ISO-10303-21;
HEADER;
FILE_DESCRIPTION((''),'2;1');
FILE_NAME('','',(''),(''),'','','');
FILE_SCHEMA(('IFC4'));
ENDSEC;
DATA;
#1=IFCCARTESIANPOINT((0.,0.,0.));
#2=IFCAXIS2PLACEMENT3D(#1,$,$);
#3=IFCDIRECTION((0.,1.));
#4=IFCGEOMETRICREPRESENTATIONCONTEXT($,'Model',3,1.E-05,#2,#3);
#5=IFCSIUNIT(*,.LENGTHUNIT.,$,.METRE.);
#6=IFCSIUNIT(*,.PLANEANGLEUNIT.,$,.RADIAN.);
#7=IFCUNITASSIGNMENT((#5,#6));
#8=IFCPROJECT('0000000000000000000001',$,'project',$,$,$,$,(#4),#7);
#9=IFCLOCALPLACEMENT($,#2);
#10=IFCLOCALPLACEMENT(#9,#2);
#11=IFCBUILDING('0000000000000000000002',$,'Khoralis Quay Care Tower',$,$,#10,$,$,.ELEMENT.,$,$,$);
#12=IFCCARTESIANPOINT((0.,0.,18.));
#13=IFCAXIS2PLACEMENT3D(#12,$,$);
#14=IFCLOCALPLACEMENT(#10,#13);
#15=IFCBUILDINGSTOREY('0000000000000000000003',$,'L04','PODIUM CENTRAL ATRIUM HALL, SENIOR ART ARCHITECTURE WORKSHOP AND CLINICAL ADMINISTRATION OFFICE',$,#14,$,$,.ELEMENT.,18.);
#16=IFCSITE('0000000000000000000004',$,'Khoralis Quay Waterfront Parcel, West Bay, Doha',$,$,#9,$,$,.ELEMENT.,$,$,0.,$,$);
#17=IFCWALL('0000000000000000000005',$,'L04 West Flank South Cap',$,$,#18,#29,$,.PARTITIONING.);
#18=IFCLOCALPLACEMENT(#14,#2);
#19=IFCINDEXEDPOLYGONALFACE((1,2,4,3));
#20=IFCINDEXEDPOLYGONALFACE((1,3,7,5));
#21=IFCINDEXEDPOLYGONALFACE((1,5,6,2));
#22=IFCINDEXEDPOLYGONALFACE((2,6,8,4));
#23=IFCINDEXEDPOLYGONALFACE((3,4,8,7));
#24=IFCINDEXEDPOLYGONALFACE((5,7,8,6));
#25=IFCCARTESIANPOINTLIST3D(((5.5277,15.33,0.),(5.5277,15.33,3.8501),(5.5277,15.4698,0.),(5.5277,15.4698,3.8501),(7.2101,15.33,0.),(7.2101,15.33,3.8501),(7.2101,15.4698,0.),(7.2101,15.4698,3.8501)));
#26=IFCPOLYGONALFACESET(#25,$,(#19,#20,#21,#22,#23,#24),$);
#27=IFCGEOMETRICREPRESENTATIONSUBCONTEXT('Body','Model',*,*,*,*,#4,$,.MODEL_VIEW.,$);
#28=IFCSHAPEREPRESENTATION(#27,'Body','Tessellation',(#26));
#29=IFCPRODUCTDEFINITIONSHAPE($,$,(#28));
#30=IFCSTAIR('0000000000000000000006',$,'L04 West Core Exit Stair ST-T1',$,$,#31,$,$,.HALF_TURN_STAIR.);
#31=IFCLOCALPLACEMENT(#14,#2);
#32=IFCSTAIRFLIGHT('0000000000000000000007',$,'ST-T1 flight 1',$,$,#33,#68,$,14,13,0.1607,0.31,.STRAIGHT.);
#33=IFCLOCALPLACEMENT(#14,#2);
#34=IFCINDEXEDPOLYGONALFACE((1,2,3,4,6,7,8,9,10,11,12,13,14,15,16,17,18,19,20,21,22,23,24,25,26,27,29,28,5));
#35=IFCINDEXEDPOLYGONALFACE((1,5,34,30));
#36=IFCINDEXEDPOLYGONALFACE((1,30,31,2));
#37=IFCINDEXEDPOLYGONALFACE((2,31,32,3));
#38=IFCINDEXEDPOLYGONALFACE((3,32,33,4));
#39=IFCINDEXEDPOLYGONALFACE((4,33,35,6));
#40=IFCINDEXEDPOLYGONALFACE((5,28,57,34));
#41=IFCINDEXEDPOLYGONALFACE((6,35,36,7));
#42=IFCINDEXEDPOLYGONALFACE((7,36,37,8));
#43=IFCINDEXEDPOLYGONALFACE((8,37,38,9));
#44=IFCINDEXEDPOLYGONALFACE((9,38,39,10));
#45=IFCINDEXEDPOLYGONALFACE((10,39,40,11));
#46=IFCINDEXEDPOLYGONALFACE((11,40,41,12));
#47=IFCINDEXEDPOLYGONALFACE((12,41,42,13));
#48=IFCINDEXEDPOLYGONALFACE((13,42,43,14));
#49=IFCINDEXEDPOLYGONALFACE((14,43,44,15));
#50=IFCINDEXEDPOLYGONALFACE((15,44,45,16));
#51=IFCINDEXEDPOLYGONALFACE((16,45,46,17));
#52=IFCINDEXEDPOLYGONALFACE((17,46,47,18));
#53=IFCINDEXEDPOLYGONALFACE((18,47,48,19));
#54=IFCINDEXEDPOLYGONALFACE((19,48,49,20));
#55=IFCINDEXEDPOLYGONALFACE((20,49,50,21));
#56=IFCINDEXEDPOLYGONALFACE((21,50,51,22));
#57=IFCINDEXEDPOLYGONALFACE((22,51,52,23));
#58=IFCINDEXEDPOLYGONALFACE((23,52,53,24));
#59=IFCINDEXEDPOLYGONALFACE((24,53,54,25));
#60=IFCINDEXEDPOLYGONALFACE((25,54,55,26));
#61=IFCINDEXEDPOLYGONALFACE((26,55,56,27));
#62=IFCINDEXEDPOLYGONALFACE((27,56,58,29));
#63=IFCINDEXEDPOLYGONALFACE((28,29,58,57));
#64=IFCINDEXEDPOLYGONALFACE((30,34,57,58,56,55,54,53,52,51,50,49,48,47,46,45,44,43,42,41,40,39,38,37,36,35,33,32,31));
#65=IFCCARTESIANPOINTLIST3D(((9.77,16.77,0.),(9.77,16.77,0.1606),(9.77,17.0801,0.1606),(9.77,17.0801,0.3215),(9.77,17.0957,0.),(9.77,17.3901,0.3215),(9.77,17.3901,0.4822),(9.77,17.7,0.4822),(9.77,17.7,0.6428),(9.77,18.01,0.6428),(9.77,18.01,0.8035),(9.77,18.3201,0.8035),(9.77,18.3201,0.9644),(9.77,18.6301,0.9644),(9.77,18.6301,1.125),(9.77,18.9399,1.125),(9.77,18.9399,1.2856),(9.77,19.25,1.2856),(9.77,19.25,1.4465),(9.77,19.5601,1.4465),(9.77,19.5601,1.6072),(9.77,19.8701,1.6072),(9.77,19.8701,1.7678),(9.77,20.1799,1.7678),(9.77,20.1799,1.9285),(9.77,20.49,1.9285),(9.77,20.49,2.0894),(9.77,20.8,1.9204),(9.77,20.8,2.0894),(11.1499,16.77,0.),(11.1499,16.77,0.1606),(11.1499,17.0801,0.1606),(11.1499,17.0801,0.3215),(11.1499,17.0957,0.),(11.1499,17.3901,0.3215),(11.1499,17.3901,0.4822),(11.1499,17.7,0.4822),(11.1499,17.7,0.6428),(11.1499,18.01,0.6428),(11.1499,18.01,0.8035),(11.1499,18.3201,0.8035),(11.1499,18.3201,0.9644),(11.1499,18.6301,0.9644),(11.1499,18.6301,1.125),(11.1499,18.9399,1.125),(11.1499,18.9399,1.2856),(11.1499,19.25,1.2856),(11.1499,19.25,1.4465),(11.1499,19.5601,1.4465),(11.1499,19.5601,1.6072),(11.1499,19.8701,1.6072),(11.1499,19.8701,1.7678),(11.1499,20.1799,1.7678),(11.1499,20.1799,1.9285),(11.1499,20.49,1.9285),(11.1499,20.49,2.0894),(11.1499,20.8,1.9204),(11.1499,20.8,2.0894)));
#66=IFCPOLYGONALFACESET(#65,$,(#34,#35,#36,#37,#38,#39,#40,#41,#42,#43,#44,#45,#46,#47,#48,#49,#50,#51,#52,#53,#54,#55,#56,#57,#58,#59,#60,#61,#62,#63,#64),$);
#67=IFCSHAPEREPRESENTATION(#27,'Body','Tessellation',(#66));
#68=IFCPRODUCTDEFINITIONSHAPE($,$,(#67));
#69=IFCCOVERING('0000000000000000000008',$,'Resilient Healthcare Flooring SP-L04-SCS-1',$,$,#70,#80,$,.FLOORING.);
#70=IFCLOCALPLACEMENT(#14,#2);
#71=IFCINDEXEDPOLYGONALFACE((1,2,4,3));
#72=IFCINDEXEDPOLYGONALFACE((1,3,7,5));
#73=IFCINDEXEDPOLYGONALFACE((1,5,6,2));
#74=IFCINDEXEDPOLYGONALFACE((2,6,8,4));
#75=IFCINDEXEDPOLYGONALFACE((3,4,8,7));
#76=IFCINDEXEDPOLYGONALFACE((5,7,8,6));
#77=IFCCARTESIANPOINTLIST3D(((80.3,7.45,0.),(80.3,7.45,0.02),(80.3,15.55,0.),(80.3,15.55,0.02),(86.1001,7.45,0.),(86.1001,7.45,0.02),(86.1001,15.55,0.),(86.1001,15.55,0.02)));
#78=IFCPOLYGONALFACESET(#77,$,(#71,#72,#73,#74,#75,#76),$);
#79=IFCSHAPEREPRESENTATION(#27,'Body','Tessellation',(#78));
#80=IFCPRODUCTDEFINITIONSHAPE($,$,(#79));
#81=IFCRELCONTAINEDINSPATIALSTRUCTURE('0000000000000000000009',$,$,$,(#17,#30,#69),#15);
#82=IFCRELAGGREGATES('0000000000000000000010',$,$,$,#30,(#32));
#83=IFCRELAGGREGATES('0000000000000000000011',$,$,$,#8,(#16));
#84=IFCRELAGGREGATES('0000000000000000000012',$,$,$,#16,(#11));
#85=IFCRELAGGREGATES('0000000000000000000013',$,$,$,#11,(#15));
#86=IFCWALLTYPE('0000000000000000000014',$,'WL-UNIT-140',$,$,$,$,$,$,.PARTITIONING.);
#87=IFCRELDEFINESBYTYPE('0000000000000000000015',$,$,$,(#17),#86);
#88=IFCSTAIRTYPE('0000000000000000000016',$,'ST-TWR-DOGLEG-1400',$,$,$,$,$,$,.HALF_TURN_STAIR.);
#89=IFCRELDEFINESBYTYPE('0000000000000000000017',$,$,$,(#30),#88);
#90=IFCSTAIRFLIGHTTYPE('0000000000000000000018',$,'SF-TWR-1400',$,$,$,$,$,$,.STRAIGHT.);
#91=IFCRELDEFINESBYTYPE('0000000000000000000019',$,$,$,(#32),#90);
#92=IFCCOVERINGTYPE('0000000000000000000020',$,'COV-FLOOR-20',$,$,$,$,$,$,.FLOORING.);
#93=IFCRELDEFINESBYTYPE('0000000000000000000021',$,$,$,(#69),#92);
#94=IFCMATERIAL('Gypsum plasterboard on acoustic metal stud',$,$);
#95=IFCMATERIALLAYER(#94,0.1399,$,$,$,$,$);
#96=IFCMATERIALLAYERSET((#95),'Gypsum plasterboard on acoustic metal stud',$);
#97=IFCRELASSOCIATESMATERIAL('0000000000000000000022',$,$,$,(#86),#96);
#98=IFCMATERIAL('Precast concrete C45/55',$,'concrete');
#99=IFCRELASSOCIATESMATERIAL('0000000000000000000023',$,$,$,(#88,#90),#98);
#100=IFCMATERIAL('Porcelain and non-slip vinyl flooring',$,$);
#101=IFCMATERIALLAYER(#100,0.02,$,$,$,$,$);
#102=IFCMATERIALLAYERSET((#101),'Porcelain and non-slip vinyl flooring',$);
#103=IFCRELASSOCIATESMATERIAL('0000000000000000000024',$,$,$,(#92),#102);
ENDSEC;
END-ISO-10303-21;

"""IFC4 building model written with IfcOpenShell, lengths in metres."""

from ifc_helpers import new_model, si_unit, direction, frame, frame_2d, origin, place, context, subcontext, project, spatial, polyline, rectangle, outline, extrude, source, transform, mapped, material, layer, layer_set, type_object, element, aggregate, save


model = new_model("IFC4")

# Units and contexts
model_context = context("Model", 3, precision=1e-05, world=origin(), true_north=direction((0.0, 1.0)))
body_context = subcontext(model_context, "Body", "Model", "MODEL_VIEW")
ifc_project = project(units=[si_unit("LENGTHUNIT", "METRE"), si_unit("PLANEANGLEUNIT", "RADIAN")], contexts=[model_context])

# Site, building, storey
site_placement = place(None, origin())
site = spatial("IfcSite", under=ifc_project, at=site_placement, Name="Khoralis Quay Waterfront Parcel, West Bay, Doha", CompositionType="ELEMENT", RefElevation=0.0)
building_placement = place(site_placement, origin())
building = spatial("IfcBuilding", under=site, at=building_placement, Name="Khoralis Quay Care Tower", CompositionType="ELEMENT")
storey_placement = place(building_placement, frame((0.0, 0.0, 18.0)))
storey = spatial("IfcBuildingStorey", under=building, at=storey_placement, Name="L04", Description="PODIUM CENTRAL ATRIUM HALL, SENIOR ART ARCHITECTURE WORKSHOP AND CLINICAL ADMINISTRATION OFFICE", CompositionType="ELEMENT", Elevation=18.0)

# Shared definitions
ifc_material_1 = material(Name="Gypsum plasterboard on acoustic metal stud")

# Wall
ifc_layer_1 = layer(ifc_material_1, 0.1399)
ifc_layer_set_1 = layer_set([ifc_layer_1], Name="Gypsum plasterboard on acoustic metal stud")
wall_type_1 = type_object("IfcWallType", Name="WL-UNIT-140", PredefinedType="PARTITIONING", material=ifc_layer_set_1)
wall_1_placement = place(storey_placement, frame((5.5276, 15.3999, 0.0), z_axis=(0.0, 0.0, 1.0), x_axis=(1.0, 0.0, 0.0)))
element("IfcWall", 1, at=wall_1_placement, inside=storey, type_object=wall_type_1, Name="L04 West Flank South Cap", PredefinedType="PARTITIONING", context=body_context, shape_type="SweptSolid", body=[
    extrude(rectangle(XDim=1.6824, YDim=0.1399, at=frame_2d((0.8413, 0.0))), origin(), (0.0, 0.0, 1.0), 3.8501),
])

# Stair, stair flight
ifc_material_2 = material(Name="Precast concrete C45/55", Category="concrete")
stair_type = type_object("IfcStairType", Name="ST-TWR-DOGLEG-1400", PredefinedType="HALF_TURN_STAIR", material=ifc_material_2)
stair_placement = place(storey_placement, origin())
stair = element("IfcStair", 2, at=stair_placement, inside=storey, type_object=stair_type, Name="L04 West Core Exit Stair ST-T1", PredefinedType="HALF_TURN_STAIR")
stair_flight_type = type_object("IfcStairFlightType", Name="SF-TWR-1400", PredefinedType="STRAIGHT", material=ifc_material_2)
shared_shape_1 = source(origin(), body_context, "Body", "SweptSolid", [
    extrude(outline(polyline([(0.0, 0.0), (0.0, 0.1606), (0.3101, 0.1606), (0.3101, 0.3215), (0.6201, 0.3215), (0.6201, 0.4822), (0.9299, 0.4822), (0.9299, 0.6428), (1.24, 0.6428), (1.24, 0.8035), (1.55, 0.8035), (1.55, 0.9644), (1.8601, 0.9644), (1.8601, 1.125), (2.1699, 1.125), (2.1699, 1.2856), (2.48, 1.2856), (2.48, 1.4465), (2.79, 1.4465), (2.79, 1.6072), (3.1001, 1.6072), (3.1001, 1.7678), (3.4099, 1.7678), (3.4099, 1.9285), (3.72, 1.9285), (3.72, 2.0894), (4.03, 2.0894), (4.03, 2.25), (4.03, 1.9204), (0.3257, 0.0), (0.0, 0.0)])), frame((0.0, 0.6899, 0.0), z_axis=(0.0, -1.0, 0.0), x_axis=(1.0, 0.0, 0.0)), (0.0, 0.0, 1.0), 1.3799),
])
stair_flight_placement = place(storey_placement, frame((10.46, 16.77, 0.0), z_axis=(0.0, 0.0, 1.0), x_axis=(0.0, 1.0, 0.0)))
stair_flight = element("IfcStairFlight", 3, at=stair_flight_placement, type_object=stair_flight_type, Name="ST-T1 flight 1", NumberOfRisers=14, NumberOfTreads=13, PredefinedType="STRAIGHT", RiserHeight=0.1607, TreadLength=0.31, context=body_context, shape_type="MappedRepresentation", body=[
    mapped(shared_shape_1, transform((0.0, 0.0, 0.0), scale=1.0)),
])
aggregate(stair, [stair_flight])

# Covering
ifc_material_3 = material(Name="Porcelain and non-slip vinyl flooring")
ifc_layer_2 = layer(ifc_material_3, 0.02)
ifc_layer_set_2 = layer_set([ifc_layer_2], Name="Porcelain and non-slip vinyl flooring")
covering_type = type_object("IfcCoveringType", Name="COV-FLOOR-20", PredefinedType="FLOORING", material=ifc_layer_set_2)
covering_placement = place(storey_placement, origin())
element("IfcCovering", 4, at=covering_placement, inside=storey, type_object=covering_type, Name="Resilient Healthcare Flooring SP-L04-SCS-1", PredefinedType="FLOORING", context=body_context, shape_type="SweptSolid", body=[
    extrude(outline(polyline([(80.3, 7.45), (86.1001, 7.45), (86.1001, 15.55), (80.3, 15.55), (80.3, 7.45)])), origin(), (0.0, 0.0, 1.0), 0.02),
])

save(model, "model.ifc")
